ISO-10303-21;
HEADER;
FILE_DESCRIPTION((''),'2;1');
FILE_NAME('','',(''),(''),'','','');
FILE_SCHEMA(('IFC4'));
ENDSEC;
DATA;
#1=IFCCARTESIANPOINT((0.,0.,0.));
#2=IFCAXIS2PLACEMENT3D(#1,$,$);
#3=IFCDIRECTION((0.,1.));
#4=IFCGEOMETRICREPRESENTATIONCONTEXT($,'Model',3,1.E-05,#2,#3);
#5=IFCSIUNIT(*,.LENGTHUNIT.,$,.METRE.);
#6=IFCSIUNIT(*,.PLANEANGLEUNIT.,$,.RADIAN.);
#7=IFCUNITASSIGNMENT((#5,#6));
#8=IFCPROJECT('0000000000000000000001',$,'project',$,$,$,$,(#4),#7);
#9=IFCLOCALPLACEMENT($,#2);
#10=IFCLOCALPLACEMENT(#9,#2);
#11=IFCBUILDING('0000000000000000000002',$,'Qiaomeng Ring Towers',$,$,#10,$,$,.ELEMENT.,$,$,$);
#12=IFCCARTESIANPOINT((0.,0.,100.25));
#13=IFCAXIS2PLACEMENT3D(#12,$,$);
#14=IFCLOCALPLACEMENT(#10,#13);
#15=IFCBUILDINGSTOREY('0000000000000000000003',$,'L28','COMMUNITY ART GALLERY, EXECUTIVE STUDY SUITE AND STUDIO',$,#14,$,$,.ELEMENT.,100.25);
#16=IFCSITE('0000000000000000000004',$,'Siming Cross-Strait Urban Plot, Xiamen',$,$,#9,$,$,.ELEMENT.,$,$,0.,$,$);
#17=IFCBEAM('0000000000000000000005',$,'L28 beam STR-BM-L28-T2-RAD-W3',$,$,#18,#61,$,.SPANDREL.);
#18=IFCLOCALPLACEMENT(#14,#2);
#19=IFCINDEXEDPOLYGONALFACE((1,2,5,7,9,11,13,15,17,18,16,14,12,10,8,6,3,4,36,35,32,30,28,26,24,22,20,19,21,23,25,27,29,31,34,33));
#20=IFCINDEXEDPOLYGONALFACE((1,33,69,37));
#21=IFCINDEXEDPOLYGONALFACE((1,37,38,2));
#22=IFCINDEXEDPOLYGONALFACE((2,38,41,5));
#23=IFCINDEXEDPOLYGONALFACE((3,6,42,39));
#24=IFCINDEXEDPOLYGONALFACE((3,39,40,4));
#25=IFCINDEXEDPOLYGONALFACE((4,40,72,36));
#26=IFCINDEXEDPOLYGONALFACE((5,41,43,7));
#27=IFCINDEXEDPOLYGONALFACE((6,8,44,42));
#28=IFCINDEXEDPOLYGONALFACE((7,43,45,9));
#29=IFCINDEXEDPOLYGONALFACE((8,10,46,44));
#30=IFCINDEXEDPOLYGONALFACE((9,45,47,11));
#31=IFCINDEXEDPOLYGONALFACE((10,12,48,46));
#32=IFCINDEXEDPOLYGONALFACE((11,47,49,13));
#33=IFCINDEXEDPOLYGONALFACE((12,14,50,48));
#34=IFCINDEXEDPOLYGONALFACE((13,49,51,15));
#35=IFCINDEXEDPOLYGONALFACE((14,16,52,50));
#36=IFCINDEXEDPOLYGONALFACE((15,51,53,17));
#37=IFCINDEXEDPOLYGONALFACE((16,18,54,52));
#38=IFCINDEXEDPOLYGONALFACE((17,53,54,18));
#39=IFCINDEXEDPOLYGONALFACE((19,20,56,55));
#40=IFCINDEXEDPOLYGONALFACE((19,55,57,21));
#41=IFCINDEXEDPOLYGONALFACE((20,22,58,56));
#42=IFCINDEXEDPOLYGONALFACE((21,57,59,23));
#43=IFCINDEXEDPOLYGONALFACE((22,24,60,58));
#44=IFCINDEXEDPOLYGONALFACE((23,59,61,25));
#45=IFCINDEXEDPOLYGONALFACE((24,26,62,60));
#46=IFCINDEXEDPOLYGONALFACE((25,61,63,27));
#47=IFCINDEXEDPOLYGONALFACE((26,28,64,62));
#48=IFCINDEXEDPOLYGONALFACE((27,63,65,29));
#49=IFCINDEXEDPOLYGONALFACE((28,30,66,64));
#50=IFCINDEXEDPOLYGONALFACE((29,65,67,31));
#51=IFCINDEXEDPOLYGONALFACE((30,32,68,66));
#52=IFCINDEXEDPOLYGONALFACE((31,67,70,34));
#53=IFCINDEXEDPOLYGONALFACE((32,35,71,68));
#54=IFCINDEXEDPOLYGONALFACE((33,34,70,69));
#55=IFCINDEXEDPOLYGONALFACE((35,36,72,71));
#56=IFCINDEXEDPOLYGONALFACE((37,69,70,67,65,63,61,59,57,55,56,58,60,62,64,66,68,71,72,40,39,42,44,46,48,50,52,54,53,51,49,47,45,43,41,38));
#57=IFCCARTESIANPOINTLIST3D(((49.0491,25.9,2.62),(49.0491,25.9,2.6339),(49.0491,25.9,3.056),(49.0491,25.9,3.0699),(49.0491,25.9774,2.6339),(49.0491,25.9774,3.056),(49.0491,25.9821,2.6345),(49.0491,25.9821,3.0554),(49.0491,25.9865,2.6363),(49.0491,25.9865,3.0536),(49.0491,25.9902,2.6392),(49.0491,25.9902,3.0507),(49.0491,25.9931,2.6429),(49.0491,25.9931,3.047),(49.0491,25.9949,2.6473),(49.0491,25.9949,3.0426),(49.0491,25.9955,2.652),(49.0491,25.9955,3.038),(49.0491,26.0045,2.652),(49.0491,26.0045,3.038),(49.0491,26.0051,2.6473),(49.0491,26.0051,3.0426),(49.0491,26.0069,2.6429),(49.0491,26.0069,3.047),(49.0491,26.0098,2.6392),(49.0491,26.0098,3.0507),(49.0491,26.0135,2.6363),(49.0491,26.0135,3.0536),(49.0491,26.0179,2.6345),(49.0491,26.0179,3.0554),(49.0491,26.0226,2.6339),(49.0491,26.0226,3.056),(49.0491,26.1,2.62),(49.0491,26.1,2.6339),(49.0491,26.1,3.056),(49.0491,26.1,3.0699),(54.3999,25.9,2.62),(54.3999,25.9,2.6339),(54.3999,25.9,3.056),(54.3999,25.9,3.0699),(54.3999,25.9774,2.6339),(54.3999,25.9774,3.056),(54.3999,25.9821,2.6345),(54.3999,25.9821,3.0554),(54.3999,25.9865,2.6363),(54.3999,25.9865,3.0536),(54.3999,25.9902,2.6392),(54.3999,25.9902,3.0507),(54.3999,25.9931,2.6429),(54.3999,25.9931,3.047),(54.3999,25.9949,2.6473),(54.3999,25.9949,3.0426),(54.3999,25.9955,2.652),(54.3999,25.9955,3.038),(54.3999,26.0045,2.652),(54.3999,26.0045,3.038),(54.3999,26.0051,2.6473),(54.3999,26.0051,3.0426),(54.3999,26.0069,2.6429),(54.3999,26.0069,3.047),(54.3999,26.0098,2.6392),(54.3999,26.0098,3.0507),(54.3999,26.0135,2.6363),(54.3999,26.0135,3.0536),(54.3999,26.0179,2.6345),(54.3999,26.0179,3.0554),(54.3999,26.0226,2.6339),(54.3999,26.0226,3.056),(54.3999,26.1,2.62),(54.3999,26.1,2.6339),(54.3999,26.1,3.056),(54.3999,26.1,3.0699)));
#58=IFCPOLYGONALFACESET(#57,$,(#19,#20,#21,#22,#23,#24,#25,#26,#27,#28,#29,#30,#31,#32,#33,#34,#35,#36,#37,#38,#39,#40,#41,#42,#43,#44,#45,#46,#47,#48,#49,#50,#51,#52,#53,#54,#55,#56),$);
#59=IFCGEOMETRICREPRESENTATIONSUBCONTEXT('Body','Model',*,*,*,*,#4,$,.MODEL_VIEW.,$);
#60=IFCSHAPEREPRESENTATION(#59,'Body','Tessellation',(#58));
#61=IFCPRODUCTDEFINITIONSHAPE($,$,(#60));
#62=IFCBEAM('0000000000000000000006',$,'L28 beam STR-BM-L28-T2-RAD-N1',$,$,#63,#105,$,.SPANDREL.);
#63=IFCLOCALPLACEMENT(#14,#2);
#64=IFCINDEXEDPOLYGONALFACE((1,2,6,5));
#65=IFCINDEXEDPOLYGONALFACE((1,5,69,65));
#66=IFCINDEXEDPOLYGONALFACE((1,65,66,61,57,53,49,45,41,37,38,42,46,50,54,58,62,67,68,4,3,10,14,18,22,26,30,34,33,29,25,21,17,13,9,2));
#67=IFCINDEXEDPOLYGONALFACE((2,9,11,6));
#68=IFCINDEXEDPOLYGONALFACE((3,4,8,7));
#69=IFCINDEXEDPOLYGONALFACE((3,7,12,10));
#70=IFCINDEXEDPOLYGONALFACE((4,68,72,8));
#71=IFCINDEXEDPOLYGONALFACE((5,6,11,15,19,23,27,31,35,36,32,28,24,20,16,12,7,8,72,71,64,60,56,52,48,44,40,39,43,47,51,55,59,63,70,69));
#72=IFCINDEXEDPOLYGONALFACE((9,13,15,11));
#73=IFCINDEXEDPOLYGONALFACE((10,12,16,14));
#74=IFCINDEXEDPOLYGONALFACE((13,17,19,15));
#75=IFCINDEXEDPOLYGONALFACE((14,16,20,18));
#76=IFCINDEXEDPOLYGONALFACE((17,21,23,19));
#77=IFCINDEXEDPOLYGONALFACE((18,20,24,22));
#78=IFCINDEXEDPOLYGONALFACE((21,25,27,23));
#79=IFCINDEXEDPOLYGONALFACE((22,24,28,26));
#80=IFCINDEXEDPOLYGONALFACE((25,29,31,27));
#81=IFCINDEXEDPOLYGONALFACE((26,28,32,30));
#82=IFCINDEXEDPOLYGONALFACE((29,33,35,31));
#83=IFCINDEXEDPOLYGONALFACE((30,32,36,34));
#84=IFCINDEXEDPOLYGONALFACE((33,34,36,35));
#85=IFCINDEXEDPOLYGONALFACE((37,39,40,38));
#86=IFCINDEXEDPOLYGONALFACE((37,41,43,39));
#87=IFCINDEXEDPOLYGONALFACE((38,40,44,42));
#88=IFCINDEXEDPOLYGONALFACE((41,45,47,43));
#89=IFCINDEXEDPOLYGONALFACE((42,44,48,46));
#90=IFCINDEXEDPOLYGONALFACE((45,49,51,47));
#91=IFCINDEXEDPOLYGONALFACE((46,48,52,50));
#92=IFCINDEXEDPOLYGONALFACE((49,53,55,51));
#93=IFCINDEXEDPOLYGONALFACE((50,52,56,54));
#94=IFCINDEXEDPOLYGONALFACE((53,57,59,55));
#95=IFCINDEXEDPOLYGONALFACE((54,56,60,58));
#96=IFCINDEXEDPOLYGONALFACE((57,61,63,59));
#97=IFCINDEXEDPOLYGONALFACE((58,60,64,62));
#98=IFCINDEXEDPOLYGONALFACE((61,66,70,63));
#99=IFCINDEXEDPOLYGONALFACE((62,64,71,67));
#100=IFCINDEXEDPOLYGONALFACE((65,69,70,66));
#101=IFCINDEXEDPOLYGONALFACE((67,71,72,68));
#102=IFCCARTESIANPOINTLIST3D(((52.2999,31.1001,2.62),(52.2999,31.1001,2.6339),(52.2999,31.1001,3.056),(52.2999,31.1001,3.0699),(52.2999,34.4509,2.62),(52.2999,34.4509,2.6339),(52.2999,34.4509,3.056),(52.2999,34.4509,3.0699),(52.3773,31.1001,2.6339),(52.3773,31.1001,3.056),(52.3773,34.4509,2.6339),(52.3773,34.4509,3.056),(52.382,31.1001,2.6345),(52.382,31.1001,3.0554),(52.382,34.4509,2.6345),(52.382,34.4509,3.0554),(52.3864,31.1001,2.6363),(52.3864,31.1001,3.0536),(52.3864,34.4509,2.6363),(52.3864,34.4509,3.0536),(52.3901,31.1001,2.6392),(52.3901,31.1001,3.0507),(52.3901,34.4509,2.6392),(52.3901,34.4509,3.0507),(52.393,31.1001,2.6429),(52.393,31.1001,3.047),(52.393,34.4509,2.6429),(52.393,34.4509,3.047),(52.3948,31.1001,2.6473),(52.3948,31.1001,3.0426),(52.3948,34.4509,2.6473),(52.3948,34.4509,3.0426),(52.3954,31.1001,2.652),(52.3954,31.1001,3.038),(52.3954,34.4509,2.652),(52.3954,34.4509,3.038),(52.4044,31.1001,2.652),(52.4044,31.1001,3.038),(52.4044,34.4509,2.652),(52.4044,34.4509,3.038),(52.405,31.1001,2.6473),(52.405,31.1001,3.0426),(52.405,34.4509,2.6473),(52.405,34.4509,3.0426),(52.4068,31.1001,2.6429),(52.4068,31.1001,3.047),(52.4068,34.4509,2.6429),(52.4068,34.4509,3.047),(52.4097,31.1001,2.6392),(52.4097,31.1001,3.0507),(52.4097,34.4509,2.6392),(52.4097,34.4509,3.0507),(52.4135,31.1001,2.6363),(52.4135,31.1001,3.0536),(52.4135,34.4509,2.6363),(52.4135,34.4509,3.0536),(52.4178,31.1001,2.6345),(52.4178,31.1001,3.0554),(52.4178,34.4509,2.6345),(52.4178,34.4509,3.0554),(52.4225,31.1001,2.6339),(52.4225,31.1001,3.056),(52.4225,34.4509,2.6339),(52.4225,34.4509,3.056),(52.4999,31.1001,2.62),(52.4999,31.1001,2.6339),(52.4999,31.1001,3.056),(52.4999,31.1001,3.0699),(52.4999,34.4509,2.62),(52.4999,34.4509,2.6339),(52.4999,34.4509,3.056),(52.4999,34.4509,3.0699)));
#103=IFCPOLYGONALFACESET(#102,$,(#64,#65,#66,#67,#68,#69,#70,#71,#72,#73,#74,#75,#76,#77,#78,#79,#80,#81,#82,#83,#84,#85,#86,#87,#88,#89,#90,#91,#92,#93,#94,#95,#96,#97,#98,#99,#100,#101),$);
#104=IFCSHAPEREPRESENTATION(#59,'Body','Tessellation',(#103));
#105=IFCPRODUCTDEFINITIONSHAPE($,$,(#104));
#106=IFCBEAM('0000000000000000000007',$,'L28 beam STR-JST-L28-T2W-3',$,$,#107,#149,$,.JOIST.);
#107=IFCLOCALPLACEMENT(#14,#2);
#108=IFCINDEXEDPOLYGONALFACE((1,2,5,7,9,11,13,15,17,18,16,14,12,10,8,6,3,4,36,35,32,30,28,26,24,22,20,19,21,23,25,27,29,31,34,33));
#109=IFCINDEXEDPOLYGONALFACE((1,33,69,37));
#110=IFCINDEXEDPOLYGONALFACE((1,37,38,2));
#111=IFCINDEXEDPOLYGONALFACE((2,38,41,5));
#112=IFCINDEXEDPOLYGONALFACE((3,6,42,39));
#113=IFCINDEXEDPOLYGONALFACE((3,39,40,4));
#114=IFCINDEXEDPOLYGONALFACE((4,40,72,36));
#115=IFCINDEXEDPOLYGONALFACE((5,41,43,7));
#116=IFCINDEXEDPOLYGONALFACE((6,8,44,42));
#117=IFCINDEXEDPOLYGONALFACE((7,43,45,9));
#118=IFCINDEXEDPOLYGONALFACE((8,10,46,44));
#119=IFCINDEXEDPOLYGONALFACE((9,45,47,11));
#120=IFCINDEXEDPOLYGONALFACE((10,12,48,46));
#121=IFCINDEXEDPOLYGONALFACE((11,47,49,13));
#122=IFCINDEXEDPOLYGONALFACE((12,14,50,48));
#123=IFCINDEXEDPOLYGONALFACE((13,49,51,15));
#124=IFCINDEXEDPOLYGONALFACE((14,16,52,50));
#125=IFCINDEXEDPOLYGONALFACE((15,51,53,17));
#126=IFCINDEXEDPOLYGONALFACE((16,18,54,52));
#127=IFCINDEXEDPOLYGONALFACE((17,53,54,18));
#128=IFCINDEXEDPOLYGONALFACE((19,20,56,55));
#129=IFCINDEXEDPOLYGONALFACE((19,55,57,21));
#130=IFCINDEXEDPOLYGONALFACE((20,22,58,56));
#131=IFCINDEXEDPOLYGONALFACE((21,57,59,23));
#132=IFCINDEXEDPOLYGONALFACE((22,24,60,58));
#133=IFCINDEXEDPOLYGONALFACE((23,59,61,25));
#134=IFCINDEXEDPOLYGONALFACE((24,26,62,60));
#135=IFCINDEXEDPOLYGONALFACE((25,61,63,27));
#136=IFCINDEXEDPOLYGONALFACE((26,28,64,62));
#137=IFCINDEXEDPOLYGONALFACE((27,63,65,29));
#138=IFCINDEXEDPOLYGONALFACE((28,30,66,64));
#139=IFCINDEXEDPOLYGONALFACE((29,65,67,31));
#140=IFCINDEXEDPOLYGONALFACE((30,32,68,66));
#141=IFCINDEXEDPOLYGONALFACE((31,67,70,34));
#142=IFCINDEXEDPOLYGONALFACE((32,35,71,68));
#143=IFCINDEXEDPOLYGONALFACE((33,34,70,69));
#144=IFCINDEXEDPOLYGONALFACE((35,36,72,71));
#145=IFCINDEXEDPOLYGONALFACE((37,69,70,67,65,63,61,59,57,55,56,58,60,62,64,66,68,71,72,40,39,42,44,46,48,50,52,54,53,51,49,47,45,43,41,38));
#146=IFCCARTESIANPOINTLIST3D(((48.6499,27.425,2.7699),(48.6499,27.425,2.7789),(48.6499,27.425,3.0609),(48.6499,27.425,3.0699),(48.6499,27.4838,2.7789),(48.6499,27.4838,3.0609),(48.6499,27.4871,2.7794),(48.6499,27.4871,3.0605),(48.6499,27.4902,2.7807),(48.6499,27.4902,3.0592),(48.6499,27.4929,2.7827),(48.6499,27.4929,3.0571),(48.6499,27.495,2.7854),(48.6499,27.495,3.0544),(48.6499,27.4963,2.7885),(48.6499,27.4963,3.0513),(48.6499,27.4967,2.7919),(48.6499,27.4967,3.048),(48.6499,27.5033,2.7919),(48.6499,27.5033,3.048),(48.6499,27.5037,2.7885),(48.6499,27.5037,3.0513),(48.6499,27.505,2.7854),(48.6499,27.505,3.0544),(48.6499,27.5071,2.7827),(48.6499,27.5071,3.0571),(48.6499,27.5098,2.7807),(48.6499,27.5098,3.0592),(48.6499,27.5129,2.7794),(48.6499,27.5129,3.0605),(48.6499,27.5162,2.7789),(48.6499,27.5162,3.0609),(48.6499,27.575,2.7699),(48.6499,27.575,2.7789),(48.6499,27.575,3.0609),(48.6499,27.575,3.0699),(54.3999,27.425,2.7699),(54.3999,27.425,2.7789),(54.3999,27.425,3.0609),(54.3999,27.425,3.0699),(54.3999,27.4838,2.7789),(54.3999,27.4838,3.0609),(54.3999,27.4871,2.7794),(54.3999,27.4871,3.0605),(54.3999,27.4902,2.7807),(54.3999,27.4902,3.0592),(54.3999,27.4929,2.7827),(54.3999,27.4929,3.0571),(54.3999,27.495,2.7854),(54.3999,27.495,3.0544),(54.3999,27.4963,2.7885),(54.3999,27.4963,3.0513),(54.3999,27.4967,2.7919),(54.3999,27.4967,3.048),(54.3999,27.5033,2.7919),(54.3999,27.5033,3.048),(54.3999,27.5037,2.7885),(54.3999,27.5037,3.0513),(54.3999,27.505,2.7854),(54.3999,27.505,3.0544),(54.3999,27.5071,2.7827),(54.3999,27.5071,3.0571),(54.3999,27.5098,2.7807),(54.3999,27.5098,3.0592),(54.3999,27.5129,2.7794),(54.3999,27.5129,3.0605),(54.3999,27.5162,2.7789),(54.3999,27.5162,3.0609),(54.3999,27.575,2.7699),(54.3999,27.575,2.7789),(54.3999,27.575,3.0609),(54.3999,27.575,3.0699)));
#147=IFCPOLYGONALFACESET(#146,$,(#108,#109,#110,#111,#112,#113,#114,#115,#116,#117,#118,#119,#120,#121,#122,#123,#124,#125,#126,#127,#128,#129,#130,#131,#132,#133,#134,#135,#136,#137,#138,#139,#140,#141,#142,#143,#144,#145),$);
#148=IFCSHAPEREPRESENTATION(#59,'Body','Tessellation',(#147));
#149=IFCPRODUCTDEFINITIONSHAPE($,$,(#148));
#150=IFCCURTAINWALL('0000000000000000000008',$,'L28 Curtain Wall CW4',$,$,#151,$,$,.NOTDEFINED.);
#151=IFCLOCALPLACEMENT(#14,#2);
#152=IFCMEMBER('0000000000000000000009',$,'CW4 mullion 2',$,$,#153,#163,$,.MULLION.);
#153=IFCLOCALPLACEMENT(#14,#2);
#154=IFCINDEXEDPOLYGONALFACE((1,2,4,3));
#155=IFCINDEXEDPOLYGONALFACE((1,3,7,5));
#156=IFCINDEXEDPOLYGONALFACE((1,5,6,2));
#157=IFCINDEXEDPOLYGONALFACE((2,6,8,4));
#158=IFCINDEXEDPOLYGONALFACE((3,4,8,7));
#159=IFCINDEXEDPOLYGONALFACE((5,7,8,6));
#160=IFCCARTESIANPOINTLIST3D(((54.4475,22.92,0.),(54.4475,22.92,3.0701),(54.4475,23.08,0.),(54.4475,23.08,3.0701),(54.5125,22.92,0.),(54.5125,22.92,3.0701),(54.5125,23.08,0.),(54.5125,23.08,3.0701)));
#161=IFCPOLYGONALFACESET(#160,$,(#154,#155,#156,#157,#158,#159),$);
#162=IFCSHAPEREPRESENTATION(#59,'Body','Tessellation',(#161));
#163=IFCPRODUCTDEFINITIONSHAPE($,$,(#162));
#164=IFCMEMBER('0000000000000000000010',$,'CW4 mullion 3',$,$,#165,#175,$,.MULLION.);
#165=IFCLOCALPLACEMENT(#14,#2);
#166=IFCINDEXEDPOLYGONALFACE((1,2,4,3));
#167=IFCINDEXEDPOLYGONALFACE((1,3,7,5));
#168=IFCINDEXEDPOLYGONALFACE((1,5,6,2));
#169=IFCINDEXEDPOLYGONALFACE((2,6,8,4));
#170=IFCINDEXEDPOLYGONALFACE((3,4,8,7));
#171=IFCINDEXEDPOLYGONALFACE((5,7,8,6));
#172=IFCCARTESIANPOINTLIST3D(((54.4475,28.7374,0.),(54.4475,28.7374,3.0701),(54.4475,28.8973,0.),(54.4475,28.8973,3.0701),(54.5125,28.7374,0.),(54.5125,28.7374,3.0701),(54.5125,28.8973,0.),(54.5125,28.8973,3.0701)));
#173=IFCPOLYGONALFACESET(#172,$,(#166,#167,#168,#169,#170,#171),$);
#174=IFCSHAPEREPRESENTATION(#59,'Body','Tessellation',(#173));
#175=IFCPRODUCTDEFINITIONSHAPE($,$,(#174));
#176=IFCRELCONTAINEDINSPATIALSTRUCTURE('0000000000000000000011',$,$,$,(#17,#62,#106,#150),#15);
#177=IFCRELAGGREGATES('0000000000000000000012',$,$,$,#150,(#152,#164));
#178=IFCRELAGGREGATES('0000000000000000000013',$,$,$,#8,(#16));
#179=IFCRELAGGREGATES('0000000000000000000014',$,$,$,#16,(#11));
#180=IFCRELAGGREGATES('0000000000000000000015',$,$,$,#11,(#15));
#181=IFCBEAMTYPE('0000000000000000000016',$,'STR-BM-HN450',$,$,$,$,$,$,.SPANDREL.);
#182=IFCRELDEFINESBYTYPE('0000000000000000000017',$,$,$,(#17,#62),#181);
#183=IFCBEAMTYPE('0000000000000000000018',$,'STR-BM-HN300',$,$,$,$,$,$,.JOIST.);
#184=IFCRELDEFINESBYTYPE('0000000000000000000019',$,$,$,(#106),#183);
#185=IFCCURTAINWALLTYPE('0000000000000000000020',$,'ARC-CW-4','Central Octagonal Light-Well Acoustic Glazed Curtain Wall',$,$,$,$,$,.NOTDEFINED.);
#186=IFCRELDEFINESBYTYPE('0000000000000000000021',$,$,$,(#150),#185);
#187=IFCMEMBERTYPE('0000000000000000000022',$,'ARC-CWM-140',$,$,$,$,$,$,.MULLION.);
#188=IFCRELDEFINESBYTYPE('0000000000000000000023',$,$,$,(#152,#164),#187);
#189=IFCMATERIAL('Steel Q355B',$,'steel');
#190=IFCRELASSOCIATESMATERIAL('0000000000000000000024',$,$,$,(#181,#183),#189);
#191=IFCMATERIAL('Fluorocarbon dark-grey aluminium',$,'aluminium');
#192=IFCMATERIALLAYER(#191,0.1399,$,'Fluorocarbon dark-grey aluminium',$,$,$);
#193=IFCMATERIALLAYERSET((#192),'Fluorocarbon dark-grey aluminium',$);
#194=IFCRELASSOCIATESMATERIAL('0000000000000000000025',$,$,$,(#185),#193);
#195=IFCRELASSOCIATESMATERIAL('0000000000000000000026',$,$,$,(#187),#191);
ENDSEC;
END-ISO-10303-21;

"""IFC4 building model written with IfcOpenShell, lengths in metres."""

from ifc_helpers import new_model, si_unit, direction, frame, origin, origin_2d, place, context, subcontext, project, spatial, rectangle, i_section, extrude, source, transform, mapped, material, layer, layer_set, material_profile, profile_set, type_object, element, aggregate, save


model = new_model("IFC4")

# Units and contexts
model_context = context("Model", 3, precision=1e-05, world=origin(), true_north=direction((0.0, 1.0)))
body_context = subcontext(model_context, "Body", "Model", "MODEL_VIEW")
ifc_project = project(units=[si_unit("LENGTHUNIT", "METRE"), si_unit("PLANEANGLEUNIT", "RADIAN")], contexts=[model_context])

# Site, building, storey
site_placement = place(None, origin())
site = spatial("IfcSite", under=ifc_project, at=site_placement, Name="Siming Cross-Strait Urban Plot, Xiamen", CompositionType="ELEMENT", RefElevation=0.0)
building_placement = place(site_placement, origin())
building = spatial("IfcBuilding", under=site, at=building_placement, Name="Qiaomeng Ring Towers", CompositionType="ELEMENT")
storey_placement = place(building_placement, frame((0.0, 0.0, 100.25)))
storey = spatial("IfcBuildingStorey", under=building, at=storey_placement, Name="L28", Description="COMMUNITY ART GALLERY, EXECUTIVE STUDY SUITE AND STUDIO", CompositionType="ELEMENT", Elevation=100.25)

# Beams
ifc_material_1 = material(Name="Steel Q355B", Category="steel")
ifc_material_profile_1 = material_profile(ifc_material_1, i_section(OverallWidth=0.2, OverallDepth=0.45, WebThickness=0.009, FlangeThickness=0.0139, FilletRadius=0.0181, at=origin_2d()), Name="HN 450x200x9x14")
ifc_profile_set_1 = profile_set([ifc_material_profile_1], Name="Steel Q355B")
beam_type_1 = type_object("IfcBeamType", Name="STR-BM-HN450", PredefinedType="SPANDREL", material=ifc_profile_set_1)
shared_shape_1 = source(origin(), body_context, "Body", "SweptSolid", [
    extrude(i_section(OverallWidth=0.2, OverallDepth=0.45, WebThickness=0.009, FlangeThickness=0.0139, FilletRadius=0.0181, at=origin_2d()), origin(), (0.0, 0.0, 1.0), 5.3508),
])
beam_1_placement = place(storey_placement, frame((49.0491, 26.0, 2.845), z_axis=(1.0, 0.0, 0.0), x_axis=(0.0, 1.0, 0.0)))
element("IfcBeam", 1, at=beam_1_placement, inside=storey, type_object=beam_type_1, Name="L28 beam STR-BM-L28-T2-RAD-W3", PredefinedType="SPANDREL", context=body_context, shape_type="MappedRepresentation", body=[
    mapped(shared_shape_1, transform((0.0, 0.0, 0.0), x_axis=(1.0, 0.0, 0.0), y_axis=(0.0, 1.0, 0.0), z_axis=(0.0, 0.0, 1.0), scale=1.0)),
])
shared_shape_2 = source(origin(), body_context, "Body", "SweptSolid", [
    extrude(i_section(OverallWidth=0.2, OverallDepth=0.45, WebThickness=0.009, FlangeThickness=0.0139, FilletRadius=0.0181, at=origin_2d()), origin(), (0.0, 0.0, 1.0), 3.3508),
])
beam_2_placement = place(storey_placement, frame((52.3999, 34.4509, 2.845), z_axis=(0.0, -1.0, 0.0), x_axis=(1.0, 0.0, 0.0)))
element("IfcBeam", 2, at=beam_2_placement, inside=storey, type_object=beam_type_1, Name="L28 beam STR-BM-L28-T2-RAD-N1", PredefinedType="SPANDREL", context=body_context, shape_type="MappedRepresentation", body=[
    mapped(shared_shape_2, transform((0.0, 0.0, 0.0), x_axis=(1.0, 0.0, 0.0), y_axis=(0.0, 1.0, 0.0), z_axis=(0.0, 0.0, 1.0), scale=1.0)),
])
ifc_material_profile_2 = material_profile(ifc_material_1, i_section(OverallWidth=0.1499, OverallDepth=0.3, WebThickness=0.0066, FlangeThickness=0.009, FilletRadius=0.0129, at=origin_2d()), Name="HN 300x150x6.5x9")
ifc_profile_set_2 = profile_set([ifc_material_profile_2], Name="Steel Q355B")
beam_type_2 = type_object("IfcBeamType", Name="STR-BM-HN300", PredefinedType="JOIST", material=ifc_profile_set_2)
shared_shape_3 = source(origin(), body_context, "Body", "SweptSolid", [
    extrude(i_section(OverallWidth=0.1499, OverallDepth=0.3, WebThickness=0.0066, FlangeThickness=0.009, FilletRadius=0.0129, at=origin_2d()), origin(), (0.0, 0.0, 1.0), 5.75),
])
beam_3_placement = place(storey_placement, frame((48.6499, 27.5, 2.9199), z_axis=(1.0, 0.0, 0.0), x_axis=(0.0, 1.0, 0.0)))
element("IfcBeam", 3, at=beam_3_placement, inside=storey, type_object=beam_type_2, Name="L28 beam STR-JST-L28-T2W-3", PredefinedType="JOIST", context=body_context, shape_type="MappedRepresentation", body=[
    mapped(shared_shape_3, transform((0.0, 0.0, 0.0), x_axis=(1.0, 0.0, 0.0), y_axis=(0.0, 1.0, 0.0), z_axis=(0.0, 0.0, 1.0), scale=1.0)),
])

# Curtain wall, members
ifc_material_2 = material(Name="Fluorocarbon dark-grey aluminium", Category="aluminium")
ifc_layer_1 = layer(ifc_material_2, 0.1399, Name="Fluorocarbon dark-grey aluminium")
ifc_layer_set_1 = layer_set([ifc_layer_1], Name="Fluorocarbon dark-grey aluminium")
curtain_wall_type_1 = type_object("IfcCurtainWallType", Name="ARC-CW-4", Description="Central Octagonal Light-Well Acoustic Glazed Curtain Wall", PredefinedType="NOTDEFINED", material=ifc_layer_set_1)
curtain_wall_1_placement = place(storey_placement, origin())
curtain_wall_1 = element("IfcCurtainWall", 4, at=curtain_wall_1_placement, inside=storey, type_object=curtain_wall_type_1, Name="L28 Curtain Wall CW4", PredefinedType="NOTDEFINED")
ifc_material_profile_3 = material_profile(ifc_material_2, rectangle(XDim=0.0649, YDim=0.1599, at=origin_2d()), Name="ALU MULL 65x160")
ifc_profile_set_3 = profile_set([ifc_material_profile_3], Name="Fluorocarbon dark-grey aluminium")
member_type_1 = type_object("IfcMemberType", Name="ARC-CWM-140", PredefinedType="MULLION", material=ifc_profile_set_3)
shared_shape_4 = source(origin(), body_context, "Body", "SweptSolid", [
    extrude(rectangle(XDim=0.0649, YDim=0.1599, at=origin_2d()), origin(), (0.0, 0.0, 1.0), 3.0701),
])
member_1_placement = place(storey_placement, frame((54.48, 23.0, 0.0), z_axis=(0.0, 0.0, 1.0), x_axis=(-1.0, 0.0, 0.0)))
member_1 = element("IfcMember", 5, at=member_1_placement, type_object=member_type_1, Name="CW4 mullion 2", PredefinedType="MULLION", context=body_context, shape_type="MappedRepresentation", body=[
    mapped(shared_shape_4, transform((0.0, 0.0, 0.0), x_axis=(1.0, 0.0, 0.0), y_axis=(0.0, 1.0, 0.0), z_axis=(0.0, 0.0, 1.0), scale=1.0)),
])
member_2_placement = place(storey_placement, frame((54.48, 28.8174, 0.0), z_axis=(0.0, 0.0, 1.0), x_axis=(-1.0, 0.0, 0.0)))
member_2 = element("IfcMember", 6, at=member_2_placement, type_object=member_type_1, Name="CW4 mullion 3", PredefinedType="MULLION", context=body_context, shape_type="MappedRepresentation", body=[
    mapped(shared_shape_4, transform((0.0, 0.0, 0.0), x_axis=(1.0, 0.0, 0.0), y_axis=(0.0, 1.0, 0.0), z_axis=(0.0, 0.0, 1.0), scale=1.0)),
])

aggregate(curtain_wall_1, [member_1, member_2])

save(model, "model.ifc")
